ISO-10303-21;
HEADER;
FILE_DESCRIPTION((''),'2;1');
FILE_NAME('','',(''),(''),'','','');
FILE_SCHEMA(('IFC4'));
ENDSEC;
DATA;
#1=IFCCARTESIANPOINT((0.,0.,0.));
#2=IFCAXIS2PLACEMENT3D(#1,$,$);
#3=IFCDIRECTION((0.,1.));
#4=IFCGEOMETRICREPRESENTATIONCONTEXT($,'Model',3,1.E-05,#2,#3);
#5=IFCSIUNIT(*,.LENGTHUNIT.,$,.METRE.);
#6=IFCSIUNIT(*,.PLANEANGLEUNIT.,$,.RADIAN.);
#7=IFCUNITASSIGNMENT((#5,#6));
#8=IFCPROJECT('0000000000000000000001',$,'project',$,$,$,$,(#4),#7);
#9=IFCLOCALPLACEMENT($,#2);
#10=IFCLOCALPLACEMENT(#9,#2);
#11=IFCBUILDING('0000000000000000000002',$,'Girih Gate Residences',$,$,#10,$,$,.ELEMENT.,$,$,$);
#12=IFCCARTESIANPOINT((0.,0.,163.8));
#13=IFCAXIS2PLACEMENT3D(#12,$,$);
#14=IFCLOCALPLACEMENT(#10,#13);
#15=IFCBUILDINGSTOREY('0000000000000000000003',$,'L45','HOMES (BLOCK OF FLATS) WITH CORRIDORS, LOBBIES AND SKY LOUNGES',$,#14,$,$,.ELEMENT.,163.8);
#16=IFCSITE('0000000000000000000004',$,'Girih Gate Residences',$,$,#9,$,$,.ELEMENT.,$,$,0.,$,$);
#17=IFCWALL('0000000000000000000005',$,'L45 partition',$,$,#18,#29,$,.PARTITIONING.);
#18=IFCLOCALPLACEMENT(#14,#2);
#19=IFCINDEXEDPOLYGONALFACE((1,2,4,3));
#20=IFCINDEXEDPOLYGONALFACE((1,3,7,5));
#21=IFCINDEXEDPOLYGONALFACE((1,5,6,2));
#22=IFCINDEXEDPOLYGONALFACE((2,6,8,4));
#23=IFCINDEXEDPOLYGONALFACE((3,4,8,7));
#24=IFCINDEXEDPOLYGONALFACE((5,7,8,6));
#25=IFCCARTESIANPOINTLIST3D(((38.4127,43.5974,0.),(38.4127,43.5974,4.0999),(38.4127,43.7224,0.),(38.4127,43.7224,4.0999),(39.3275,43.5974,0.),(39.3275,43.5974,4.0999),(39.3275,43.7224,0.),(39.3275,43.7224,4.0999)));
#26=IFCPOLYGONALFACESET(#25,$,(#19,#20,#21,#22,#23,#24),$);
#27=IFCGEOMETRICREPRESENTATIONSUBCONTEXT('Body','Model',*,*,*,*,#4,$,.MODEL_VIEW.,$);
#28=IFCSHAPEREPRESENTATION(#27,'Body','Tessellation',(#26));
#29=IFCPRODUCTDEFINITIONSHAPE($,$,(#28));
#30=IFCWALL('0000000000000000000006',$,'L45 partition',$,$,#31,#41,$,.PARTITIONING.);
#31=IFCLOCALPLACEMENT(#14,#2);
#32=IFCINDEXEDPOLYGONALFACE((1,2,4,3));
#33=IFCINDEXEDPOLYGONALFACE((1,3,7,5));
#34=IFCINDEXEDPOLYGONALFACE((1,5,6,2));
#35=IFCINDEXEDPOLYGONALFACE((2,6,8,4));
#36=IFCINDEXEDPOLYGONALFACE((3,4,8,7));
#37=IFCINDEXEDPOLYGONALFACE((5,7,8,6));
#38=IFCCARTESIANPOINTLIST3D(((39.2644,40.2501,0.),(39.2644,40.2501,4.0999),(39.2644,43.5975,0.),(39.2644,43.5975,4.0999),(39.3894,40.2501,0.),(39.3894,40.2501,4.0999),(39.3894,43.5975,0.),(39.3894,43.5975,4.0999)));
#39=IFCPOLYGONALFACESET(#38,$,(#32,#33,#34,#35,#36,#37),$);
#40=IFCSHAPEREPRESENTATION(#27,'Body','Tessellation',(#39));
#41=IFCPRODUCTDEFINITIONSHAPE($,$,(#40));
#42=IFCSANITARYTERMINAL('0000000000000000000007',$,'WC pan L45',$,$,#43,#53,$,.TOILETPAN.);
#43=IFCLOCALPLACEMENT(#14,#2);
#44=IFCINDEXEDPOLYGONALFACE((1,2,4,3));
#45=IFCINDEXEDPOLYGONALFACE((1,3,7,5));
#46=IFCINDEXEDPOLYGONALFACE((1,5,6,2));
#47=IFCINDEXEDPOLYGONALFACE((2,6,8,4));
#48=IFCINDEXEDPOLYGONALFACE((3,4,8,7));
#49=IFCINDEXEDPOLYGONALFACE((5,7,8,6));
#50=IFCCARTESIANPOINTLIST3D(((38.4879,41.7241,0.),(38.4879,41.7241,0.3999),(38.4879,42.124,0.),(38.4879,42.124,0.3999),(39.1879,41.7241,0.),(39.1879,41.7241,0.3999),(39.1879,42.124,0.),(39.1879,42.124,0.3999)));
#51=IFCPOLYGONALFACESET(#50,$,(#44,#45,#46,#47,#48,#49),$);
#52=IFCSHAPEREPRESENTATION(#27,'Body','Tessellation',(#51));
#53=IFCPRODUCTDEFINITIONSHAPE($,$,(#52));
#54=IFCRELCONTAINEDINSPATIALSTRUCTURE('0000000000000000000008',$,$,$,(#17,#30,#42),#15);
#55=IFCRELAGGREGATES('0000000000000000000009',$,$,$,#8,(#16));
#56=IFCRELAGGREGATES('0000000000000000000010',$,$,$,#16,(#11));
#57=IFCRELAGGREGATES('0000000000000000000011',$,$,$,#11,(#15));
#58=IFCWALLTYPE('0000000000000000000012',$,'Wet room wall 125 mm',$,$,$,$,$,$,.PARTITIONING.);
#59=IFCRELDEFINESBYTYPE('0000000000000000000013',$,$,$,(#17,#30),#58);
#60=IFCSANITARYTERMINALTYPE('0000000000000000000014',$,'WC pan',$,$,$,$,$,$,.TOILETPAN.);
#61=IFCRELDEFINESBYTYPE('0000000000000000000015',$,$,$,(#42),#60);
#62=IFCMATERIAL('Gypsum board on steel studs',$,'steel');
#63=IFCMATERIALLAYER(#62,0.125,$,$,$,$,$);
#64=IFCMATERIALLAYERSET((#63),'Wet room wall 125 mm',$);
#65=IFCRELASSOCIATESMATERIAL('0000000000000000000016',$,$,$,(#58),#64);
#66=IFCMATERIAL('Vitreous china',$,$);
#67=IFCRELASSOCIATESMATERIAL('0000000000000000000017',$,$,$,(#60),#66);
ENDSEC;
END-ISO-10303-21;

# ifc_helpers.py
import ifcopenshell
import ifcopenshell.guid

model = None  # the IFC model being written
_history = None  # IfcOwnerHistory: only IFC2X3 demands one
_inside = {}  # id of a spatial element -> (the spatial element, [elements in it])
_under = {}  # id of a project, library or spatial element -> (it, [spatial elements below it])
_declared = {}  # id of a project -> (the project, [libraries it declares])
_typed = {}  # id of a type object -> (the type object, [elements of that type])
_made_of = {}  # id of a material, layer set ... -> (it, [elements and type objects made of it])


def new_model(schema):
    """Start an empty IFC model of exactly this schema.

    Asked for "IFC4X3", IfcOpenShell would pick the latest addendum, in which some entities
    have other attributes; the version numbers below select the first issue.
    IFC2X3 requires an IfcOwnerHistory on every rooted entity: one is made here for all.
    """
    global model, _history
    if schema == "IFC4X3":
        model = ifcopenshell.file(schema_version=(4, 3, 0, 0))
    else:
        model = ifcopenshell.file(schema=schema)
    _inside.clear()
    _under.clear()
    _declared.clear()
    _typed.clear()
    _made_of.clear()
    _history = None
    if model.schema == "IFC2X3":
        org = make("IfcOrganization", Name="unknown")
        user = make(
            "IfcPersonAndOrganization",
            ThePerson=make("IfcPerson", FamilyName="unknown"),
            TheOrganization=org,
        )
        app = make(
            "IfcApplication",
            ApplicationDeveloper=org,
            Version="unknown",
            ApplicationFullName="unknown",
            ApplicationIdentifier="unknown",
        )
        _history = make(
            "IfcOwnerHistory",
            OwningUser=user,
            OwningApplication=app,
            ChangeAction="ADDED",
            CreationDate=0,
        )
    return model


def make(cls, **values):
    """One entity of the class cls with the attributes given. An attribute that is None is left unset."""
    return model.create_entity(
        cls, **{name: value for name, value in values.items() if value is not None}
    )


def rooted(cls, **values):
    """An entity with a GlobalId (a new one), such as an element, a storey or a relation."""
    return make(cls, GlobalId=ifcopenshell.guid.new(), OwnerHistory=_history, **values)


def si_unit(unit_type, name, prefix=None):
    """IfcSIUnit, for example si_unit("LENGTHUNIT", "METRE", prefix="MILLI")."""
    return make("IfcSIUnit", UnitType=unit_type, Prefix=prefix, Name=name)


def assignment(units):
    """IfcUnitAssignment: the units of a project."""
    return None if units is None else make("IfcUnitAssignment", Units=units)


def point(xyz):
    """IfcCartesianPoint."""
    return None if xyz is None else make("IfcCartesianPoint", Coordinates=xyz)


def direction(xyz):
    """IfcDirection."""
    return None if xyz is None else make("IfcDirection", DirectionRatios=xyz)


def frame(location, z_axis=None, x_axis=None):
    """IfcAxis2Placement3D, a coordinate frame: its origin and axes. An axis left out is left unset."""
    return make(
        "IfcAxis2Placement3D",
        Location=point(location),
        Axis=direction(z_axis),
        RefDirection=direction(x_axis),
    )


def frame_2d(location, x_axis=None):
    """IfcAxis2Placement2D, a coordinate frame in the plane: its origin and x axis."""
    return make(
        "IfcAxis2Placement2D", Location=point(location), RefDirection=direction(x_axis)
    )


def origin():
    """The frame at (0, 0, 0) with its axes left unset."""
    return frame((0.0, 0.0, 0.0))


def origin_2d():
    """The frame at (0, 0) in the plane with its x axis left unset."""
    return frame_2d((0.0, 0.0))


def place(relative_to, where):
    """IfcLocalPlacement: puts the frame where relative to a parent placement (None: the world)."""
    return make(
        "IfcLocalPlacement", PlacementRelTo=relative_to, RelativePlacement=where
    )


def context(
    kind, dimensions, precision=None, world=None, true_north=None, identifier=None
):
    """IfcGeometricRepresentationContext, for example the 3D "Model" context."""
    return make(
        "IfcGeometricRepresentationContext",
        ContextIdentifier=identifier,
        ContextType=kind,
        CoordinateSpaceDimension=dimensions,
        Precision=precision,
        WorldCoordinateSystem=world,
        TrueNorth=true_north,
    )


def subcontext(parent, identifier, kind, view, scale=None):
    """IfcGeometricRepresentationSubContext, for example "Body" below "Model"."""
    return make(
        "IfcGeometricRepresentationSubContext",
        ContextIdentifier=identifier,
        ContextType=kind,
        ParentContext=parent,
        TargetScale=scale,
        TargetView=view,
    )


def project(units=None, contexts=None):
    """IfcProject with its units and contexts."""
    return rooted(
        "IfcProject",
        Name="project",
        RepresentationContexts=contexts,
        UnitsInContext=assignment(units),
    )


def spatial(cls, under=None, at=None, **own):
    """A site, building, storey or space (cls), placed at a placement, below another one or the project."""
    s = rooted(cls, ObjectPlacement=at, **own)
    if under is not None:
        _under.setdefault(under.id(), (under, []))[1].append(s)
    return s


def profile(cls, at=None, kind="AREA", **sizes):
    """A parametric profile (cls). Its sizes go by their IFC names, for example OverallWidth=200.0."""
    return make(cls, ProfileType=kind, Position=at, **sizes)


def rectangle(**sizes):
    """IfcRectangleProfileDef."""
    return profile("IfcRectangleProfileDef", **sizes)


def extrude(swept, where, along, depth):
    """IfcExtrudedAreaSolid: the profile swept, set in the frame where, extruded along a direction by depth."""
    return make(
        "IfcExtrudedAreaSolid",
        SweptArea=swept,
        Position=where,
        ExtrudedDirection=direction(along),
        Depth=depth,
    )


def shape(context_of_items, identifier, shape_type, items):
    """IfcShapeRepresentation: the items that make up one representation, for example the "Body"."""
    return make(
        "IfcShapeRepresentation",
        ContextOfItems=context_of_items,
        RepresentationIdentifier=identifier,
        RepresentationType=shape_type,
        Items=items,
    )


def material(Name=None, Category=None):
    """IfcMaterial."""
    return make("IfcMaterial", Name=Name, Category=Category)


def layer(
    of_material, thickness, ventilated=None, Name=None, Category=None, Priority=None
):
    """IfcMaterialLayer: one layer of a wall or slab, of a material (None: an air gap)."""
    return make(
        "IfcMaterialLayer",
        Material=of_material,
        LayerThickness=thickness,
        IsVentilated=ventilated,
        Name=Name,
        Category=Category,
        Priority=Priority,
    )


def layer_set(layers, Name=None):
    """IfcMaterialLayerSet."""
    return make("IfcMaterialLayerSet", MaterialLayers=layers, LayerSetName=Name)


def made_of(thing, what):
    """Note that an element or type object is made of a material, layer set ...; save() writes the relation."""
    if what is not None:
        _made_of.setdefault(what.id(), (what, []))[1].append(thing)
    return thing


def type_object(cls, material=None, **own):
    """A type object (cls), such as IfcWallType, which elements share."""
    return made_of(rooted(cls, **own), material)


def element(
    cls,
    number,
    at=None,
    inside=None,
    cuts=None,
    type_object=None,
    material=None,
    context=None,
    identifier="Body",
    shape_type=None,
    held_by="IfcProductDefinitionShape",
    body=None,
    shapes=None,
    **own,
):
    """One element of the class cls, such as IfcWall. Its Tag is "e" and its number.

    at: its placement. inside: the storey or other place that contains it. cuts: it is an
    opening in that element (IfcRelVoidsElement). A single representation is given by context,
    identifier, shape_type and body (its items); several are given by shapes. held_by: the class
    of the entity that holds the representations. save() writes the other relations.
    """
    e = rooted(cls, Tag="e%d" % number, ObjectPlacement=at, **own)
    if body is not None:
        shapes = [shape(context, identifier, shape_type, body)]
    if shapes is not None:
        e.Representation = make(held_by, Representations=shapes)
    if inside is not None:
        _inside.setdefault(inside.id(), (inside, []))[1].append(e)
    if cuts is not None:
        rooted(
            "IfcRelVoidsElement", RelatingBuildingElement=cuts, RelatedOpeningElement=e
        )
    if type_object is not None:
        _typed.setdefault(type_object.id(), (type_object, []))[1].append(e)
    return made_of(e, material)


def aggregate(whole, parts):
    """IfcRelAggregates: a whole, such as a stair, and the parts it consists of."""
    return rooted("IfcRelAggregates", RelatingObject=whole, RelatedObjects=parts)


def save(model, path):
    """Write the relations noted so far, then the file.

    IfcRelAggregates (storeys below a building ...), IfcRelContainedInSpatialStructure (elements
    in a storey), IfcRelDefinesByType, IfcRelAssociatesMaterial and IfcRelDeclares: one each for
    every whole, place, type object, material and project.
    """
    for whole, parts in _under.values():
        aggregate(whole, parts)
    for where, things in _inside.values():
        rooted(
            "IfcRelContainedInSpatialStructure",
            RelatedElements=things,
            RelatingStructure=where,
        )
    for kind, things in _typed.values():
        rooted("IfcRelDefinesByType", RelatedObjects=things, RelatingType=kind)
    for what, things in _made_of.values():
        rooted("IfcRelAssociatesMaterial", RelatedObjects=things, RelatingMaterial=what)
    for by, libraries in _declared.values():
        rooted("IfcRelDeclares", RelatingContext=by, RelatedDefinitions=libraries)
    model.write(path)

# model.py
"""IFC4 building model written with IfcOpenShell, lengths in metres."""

from ifc_helpers import new_model, si_unit, direction, frame, frame_2d, origin, origin_2d, place, context, subcontext, project, spatial, rectangle, extrude, material, layer, layer_set, type_object, element, save


model = new_model("IFC4")

# Units and contexts
model_context = context("Model", 3, precision=1e-05, world=origin(), true_north=direction((0.0, 1.0)))
body_context = subcontext(model_context, "Body", "Model", "MODEL_VIEW")
ifc_project = project(units=[si_unit("LENGTHUNIT", "METRE"), si_unit("PLANEANGLEUNIT", "RADIAN")], contexts=[model_context])

# Site, building, storey
site_placement = place(None, origin())
site = spatial("IfcSite", under=ifc_project, at=site_placement, Name="Girih Gate Residences", CompositionType="ELEMENT", RefElevation=0.0)
building_placement = place(site_placement, origin())
building = spatial("IfcBuilding", under=site, at=building_placement, Name="Girih Gate Residences", CompositionType="ELEMENT")
storey_placement = place(building_placement, frame((0.0, 0.0, 163.8)))
storey = spatial("IfcBuildingStorey", under=building, at=storey_placement, Name="L45", Description="HOMES (BLOCK OF FLATS) WITH CORRIDORS, LOBBIES AND SKY LOUNGES", CompositionType="ELEMENT", Elevation=163.8)

# Shared definitions
ifc_material_1 = material(Name="Gypsum board on steel studs", Category="steel")

# Shared definitions
ifc_layer_1 = layer(ifc_material_1, 0.125)
ifc_layer_set_1 = layer_set([ifc_layer_1], Name="Wet room wall 125 mm")
wall_type_1 = type_object("IfcWallType", Name="Wet room wall 125 mm", PredefinedType="PARTITIONING", material=ifc_layer_set_1)

# Walls
wall_1_placement = place(storey_placement, frame((38.4126, 43.6599, 0.0), z_axis=(0.0, 0.0, 1.0), x_axis=(1.0, 0.0, 0.0)))
element("IfcWall", 1, at=wall_1_placement, inside=storey, type_object=wall_type_1, Name="L45 partition", PredefinedType="PARTITIONING", context=body_context, shape_type="SweptSolid", body=[
    extrude(rectangle(XDim=0.9148, YDim=0.125, at=frame_2d((0.4575, 0.0))), origin(), (0.0, 0.0, 1.0), 4.0999),
])
wall_2_placement = place(storey_placement, frame((39.3269, 40.25, 0.0), z_axis=(0.0, 0.0, 1.0), x_axis=(0.0, 1.0, 0.0)))
element("IfcWall", 2, at=wall_2_placement, inside=storey, type_object=wall_type_1, Name="L45 partition", PredefinedType="PARTITIONING", context=body_context, shape_type="SweptSolid", body=[
    extrude(rectangle(XDim=3.3474, YDim=0.125, at=frame_2d((1.6738, 0.0))), origin(), (0.0, 0.0, 1.0), 4.0999),
])

# Sanitary terminal
ifc_material_2 = material(Name="Vitreous china")
sanitary_terminal_type = type_object("IfcSanitaryTerminalType", Name="WC pan", PredefinedType="TOILETPAN", material=ifc_material_2)
sanitary_terminal_placement = place(storey_placement, frame((38.8379, 41.9241, 0.0), z_axis=(0.0, 0.0, 1.0), x_axis=(1.0, 0.0, 0.0)))
element("IfcSanitaryTerminal", 3, at=sanitary_terminal_placement, inside=storey, type_object=sanitary_terminal_type, Name="WC pan L45", PredefinedType="TOILETPAN", context=body_context, shape_type="SweptSolid", body=[
    extrude(rectangle(XDim=0.7, YDim=0.3999, at=origin_2d()), origin(), (0.0, 0.0, 1.0), 0.3999),
])

save(model, "model.ifc")
